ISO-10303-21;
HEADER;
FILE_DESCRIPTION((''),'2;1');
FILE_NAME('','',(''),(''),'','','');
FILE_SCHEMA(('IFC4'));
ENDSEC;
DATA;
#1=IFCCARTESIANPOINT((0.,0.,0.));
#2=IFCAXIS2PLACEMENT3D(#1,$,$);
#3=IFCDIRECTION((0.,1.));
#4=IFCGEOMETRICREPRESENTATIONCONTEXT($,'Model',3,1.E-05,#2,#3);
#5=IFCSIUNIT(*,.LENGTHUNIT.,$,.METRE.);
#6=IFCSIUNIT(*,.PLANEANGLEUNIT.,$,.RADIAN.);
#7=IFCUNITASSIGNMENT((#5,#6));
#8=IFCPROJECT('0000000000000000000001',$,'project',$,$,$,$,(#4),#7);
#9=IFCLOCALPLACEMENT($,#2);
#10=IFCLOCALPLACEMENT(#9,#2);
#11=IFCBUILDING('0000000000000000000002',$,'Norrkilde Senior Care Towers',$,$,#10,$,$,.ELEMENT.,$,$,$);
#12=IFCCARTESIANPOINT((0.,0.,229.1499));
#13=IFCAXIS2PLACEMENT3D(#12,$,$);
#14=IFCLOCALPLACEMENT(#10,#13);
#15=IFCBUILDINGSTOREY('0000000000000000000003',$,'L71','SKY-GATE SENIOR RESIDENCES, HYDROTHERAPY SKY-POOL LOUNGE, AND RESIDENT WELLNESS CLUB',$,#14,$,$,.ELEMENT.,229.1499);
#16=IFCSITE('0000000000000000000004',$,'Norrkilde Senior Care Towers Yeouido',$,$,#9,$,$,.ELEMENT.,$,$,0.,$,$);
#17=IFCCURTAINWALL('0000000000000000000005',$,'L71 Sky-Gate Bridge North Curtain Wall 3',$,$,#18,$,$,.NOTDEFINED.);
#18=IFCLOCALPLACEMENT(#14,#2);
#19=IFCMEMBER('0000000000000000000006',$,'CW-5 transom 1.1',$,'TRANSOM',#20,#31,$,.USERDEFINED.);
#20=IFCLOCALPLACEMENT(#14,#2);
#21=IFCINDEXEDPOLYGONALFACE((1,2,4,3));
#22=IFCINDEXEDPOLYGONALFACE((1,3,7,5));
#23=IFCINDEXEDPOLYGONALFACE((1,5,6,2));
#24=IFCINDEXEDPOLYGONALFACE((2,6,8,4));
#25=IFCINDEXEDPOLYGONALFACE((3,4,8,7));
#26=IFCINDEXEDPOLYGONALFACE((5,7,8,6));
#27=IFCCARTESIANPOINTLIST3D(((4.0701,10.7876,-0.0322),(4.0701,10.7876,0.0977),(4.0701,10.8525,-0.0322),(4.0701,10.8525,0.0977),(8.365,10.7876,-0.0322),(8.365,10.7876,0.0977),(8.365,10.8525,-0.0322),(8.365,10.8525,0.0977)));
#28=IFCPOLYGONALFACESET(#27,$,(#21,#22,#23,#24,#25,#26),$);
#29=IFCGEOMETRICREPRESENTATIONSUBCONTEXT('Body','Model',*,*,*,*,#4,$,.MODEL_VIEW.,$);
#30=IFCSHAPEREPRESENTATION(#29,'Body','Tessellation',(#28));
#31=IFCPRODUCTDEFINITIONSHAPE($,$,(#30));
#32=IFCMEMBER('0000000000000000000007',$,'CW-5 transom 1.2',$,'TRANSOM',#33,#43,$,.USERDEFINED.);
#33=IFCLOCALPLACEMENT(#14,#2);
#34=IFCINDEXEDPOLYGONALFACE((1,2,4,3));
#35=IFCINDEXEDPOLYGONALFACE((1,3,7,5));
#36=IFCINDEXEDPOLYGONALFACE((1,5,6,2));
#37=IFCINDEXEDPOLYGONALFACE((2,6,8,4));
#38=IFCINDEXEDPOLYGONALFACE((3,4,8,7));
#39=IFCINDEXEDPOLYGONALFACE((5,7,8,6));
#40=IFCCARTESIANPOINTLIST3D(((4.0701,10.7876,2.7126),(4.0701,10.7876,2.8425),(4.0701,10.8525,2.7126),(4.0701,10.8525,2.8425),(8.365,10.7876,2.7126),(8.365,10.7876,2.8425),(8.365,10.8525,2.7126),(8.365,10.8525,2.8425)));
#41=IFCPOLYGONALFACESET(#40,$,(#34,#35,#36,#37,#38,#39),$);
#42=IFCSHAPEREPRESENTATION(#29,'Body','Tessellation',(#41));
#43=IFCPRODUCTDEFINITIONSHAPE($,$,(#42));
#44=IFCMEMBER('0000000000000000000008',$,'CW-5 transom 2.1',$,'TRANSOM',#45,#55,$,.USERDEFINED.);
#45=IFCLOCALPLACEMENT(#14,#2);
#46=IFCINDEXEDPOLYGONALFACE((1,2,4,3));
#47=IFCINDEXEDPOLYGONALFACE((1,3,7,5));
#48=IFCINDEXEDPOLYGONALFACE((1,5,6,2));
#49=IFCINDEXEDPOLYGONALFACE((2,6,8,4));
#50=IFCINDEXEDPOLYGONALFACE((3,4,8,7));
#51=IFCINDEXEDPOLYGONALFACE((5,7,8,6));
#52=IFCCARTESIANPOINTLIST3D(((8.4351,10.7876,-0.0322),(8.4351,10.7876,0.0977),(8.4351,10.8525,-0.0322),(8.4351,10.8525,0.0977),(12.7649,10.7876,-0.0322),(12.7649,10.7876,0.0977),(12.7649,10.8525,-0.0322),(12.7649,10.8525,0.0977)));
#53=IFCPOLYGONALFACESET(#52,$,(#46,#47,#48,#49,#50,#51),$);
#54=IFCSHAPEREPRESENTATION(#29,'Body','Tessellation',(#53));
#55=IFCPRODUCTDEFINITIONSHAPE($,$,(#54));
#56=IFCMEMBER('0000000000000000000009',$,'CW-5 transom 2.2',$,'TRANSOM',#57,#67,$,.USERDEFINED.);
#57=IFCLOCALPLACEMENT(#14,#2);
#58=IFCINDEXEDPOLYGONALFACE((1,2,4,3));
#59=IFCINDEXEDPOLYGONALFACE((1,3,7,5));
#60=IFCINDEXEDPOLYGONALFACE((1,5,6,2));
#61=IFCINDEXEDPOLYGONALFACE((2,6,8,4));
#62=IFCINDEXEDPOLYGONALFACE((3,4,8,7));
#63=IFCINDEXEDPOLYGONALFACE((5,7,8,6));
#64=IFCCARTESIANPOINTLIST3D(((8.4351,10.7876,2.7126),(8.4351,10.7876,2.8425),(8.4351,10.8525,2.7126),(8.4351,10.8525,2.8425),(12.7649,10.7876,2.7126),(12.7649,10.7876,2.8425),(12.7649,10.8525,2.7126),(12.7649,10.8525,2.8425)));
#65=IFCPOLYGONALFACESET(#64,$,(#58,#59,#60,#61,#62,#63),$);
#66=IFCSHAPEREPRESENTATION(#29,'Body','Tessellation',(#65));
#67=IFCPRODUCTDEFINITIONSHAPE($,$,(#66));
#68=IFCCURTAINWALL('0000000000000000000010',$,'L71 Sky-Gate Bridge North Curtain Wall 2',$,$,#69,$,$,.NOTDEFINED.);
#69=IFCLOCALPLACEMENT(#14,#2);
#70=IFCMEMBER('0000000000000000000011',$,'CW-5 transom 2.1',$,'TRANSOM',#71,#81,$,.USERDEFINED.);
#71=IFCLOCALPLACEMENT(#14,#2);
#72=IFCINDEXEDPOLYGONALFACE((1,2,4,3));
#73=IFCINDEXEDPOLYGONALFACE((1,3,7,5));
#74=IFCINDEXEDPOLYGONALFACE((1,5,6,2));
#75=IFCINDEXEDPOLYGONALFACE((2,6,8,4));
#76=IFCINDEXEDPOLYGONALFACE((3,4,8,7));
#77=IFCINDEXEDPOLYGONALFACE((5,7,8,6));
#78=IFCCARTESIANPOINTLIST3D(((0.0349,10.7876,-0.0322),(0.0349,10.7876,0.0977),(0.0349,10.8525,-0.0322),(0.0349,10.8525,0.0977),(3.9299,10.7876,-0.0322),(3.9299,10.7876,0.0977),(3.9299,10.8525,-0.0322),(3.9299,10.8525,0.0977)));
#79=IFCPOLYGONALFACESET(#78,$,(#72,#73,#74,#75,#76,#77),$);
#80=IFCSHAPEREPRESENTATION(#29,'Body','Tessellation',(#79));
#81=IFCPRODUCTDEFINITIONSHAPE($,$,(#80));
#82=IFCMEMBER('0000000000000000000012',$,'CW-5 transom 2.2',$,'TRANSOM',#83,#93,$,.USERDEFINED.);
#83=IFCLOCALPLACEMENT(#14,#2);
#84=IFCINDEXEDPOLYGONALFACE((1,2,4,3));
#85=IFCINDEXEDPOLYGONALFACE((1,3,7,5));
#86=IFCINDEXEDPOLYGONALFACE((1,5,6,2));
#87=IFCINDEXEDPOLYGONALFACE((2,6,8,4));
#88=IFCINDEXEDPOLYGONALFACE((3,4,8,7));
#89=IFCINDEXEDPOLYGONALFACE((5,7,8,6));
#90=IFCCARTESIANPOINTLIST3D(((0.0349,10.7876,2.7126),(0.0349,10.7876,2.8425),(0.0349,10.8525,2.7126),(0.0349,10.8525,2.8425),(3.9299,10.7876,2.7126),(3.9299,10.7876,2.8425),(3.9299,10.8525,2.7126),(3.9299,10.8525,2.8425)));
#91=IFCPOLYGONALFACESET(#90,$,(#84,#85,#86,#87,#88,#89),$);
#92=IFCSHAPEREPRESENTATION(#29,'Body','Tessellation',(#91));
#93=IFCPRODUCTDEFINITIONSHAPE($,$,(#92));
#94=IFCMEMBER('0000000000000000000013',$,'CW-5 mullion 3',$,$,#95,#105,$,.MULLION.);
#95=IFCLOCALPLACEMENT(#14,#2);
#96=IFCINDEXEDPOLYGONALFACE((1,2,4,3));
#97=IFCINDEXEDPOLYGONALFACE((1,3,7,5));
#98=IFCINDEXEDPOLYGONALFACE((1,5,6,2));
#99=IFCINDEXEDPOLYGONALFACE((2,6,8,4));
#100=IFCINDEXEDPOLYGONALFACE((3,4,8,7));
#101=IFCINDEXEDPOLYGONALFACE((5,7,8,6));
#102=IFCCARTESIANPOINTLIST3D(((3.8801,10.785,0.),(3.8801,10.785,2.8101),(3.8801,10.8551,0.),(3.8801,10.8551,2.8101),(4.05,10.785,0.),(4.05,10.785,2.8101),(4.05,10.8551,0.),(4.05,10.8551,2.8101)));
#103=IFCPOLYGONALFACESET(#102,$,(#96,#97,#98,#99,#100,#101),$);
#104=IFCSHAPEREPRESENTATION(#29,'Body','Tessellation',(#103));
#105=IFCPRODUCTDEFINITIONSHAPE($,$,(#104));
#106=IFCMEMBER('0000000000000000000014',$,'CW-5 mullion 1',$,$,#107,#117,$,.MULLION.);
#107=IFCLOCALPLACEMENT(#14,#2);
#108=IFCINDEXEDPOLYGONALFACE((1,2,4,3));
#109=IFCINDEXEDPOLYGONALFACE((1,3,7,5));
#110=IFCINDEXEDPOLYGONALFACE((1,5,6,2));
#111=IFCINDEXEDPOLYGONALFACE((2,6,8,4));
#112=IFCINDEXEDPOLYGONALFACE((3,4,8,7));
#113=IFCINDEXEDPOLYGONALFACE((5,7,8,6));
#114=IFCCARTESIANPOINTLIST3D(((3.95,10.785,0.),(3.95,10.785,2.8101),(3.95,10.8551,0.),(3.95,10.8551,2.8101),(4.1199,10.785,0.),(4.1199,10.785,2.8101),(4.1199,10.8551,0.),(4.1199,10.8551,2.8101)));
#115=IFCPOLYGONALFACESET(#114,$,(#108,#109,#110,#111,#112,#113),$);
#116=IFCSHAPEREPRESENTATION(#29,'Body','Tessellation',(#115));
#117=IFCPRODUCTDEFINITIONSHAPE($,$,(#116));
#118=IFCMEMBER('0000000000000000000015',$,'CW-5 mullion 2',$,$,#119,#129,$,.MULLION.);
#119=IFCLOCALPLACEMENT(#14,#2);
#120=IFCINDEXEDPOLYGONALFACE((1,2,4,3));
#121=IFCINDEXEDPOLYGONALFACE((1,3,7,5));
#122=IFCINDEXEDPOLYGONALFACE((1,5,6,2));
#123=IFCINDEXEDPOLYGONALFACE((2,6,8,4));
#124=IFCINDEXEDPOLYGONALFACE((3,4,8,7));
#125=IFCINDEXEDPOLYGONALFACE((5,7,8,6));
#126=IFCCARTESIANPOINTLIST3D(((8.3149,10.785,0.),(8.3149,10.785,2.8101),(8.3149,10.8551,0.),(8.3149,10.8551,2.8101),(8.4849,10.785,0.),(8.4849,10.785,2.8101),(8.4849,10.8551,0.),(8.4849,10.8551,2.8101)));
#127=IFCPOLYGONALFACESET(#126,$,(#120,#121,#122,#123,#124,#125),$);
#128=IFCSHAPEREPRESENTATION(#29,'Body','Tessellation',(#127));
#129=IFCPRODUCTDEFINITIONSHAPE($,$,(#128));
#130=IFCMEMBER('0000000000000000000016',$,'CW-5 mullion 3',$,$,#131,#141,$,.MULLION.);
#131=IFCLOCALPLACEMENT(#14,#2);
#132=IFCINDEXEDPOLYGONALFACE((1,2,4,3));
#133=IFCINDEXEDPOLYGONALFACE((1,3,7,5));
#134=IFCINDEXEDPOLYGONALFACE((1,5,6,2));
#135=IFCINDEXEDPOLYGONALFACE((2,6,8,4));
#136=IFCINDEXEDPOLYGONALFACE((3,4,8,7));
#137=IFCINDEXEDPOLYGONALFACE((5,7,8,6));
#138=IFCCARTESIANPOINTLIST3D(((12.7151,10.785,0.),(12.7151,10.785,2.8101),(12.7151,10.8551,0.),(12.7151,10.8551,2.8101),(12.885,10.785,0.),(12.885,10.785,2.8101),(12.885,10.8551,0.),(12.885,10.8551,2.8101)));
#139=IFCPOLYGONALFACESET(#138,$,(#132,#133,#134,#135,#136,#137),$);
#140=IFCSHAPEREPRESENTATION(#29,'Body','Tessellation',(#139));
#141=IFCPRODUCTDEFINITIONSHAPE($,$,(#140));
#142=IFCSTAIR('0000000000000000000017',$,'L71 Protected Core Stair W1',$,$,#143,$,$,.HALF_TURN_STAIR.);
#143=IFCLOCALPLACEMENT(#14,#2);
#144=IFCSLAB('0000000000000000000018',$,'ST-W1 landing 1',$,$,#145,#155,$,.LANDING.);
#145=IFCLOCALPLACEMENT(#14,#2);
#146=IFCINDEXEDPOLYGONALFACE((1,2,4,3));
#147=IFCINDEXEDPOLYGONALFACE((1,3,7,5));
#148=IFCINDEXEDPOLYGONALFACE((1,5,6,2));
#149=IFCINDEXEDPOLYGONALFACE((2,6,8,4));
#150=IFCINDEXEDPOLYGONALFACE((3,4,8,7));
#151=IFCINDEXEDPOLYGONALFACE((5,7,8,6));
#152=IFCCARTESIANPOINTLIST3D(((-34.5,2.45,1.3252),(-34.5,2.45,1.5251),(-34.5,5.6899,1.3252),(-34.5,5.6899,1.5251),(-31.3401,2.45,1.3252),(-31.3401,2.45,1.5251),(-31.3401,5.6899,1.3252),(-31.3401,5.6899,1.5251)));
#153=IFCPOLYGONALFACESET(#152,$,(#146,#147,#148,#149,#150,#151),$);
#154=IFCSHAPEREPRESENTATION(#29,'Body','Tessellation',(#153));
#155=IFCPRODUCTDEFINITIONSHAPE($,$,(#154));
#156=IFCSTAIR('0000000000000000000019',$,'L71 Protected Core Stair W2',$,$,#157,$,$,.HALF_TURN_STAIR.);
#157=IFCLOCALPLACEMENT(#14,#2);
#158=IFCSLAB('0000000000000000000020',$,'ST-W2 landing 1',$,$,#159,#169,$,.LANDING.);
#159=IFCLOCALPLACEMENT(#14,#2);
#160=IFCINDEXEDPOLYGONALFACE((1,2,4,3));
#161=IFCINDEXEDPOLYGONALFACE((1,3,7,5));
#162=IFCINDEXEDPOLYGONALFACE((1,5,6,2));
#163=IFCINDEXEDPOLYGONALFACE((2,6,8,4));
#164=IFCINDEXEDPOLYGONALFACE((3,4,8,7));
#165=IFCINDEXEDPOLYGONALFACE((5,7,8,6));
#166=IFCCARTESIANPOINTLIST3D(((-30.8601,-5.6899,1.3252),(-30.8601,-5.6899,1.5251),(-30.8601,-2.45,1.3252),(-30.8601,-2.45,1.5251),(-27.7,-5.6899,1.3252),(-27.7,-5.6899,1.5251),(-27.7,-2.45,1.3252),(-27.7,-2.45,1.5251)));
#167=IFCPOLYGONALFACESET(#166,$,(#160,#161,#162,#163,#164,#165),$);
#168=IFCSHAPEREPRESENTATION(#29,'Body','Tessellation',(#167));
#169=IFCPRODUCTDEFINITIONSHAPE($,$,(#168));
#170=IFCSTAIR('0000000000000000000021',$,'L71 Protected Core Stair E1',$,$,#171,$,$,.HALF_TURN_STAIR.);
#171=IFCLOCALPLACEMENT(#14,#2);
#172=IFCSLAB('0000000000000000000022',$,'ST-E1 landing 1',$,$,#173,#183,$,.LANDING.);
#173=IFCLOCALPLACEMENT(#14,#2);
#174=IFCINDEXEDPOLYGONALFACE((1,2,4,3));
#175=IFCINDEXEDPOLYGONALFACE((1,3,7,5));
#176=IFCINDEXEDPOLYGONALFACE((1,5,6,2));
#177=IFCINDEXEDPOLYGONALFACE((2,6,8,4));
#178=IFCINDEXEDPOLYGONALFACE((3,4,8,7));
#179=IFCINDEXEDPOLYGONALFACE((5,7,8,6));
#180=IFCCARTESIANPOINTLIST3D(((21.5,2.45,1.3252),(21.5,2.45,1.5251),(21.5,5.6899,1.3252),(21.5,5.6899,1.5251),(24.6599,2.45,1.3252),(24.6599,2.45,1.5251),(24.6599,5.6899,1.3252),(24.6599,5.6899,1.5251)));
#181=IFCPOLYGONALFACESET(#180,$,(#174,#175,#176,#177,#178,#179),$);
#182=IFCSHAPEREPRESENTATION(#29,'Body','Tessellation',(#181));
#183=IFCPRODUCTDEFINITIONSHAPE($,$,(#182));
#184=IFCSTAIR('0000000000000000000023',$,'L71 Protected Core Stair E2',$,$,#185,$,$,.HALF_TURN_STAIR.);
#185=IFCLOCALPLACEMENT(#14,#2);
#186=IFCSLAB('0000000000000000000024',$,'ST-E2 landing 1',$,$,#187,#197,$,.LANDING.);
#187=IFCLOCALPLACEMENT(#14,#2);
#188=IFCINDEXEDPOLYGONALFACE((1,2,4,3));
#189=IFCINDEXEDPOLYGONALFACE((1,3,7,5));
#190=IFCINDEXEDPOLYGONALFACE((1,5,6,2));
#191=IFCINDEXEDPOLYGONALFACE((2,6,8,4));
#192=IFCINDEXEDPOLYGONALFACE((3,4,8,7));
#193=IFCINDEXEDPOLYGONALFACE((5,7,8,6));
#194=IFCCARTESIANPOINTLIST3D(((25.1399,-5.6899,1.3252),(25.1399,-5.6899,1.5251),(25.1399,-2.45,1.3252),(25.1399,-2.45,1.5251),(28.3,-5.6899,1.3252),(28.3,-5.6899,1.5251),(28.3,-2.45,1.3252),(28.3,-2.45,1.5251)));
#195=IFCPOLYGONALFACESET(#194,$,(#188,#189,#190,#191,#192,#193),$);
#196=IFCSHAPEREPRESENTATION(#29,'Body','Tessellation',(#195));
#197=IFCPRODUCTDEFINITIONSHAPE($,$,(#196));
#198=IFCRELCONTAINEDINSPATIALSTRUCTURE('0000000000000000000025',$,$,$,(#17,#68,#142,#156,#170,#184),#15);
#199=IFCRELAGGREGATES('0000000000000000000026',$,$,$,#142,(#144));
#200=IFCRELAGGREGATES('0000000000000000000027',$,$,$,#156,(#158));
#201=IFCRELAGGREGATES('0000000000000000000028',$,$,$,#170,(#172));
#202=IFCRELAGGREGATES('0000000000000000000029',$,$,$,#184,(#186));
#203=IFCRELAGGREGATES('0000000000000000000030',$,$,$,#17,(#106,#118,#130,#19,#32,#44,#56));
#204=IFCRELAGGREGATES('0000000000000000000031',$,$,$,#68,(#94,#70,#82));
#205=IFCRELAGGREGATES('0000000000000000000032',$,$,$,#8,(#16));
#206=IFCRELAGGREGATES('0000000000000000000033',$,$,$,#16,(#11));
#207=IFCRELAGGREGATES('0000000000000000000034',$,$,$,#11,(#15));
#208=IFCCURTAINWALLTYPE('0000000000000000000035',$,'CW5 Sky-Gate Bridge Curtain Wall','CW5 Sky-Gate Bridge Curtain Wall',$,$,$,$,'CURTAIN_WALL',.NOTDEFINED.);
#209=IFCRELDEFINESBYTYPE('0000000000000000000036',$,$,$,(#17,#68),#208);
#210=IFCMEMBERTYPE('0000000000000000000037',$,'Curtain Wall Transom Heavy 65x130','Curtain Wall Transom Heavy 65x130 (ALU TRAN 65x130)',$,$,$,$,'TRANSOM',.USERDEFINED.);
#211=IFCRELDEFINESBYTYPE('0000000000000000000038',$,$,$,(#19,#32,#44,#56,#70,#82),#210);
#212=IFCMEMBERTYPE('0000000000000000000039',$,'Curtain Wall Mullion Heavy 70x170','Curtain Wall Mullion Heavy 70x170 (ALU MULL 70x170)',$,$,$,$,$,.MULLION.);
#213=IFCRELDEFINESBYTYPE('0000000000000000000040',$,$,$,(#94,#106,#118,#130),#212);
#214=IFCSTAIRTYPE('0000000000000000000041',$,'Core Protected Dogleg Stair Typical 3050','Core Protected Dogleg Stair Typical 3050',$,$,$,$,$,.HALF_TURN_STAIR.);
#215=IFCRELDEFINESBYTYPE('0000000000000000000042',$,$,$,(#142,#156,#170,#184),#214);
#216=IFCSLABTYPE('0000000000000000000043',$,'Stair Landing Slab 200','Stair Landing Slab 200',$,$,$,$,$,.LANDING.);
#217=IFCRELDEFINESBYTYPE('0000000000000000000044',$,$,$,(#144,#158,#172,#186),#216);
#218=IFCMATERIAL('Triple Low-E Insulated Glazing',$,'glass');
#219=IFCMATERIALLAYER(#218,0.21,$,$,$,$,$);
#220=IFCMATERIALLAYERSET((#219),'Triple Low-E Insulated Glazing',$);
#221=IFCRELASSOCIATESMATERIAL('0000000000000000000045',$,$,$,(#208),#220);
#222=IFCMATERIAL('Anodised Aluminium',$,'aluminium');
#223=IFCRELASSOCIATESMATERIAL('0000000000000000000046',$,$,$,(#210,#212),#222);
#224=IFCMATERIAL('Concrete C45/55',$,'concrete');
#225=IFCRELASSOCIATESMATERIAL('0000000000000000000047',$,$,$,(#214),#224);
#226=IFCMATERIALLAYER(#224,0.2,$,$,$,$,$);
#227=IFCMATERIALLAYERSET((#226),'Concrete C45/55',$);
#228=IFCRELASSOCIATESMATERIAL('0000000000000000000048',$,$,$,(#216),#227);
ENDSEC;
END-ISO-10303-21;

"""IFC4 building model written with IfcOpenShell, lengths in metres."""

from ifc_helpers import new_model, si_unit, direction, frame, origin, origin_2d, place, context, subcontext, project, spatial, polyline, rectangle, outline, extrude, source, transform, mapped, material, layer, layer_set, material_profile, profile_set, type_object, type_shapes, element, aggregate, save


model = new_model("IFC4")

# Units and contexts
model_context = context("Model", 3, precision=1e-05, world=origin(), true_north=direction((0.0, 1.0)))
body_context = subcontext(model_context, "Body", "Model", "MODEL_VIEW")
ifc_project = project(units=[si_unit("LENGTHUNIT", "METRE"), si_unit("PLANEANGLEUNIT", "RADIAN")], contexts=[model_context])

# Site, building, storey
site_placement = place(None, origin())
site = spatial("IfcSite", under=ifc_project, at=site_placement, Name="Norrkilde Senior Care Towers Yeouido", CompositionType="ELEMENT", RefElevation=0.0)
building_placement = place(site_placement, origin())
building = spatial("IfcBuilding", under=site, at=building_placement, Name="Norrkilde Senior Care Towers", CompositionType="ELEMENT")
storey_placement = place(building_placement, frame((0.0, 0.0, 229.1499)))
storey = spatial("IfcBuildingStorey", under=building, at=storey_placement, Name="L71", Description="SKY-GATE SENIOR RESIDENCES, HYDROTHERAPY SKY-POOL LOUNGE, AND RESIDENT WELLNESS CLUB", CompositionType="ELEMENT", Elevation=229.1499)

# Curtain walls, members
ifc_material_1 = material(Name="Triple Low-E Insulated Glazing", Category="glass")
ifc_layer_1 = layer(ifc_material_1, 0.21)
ifc_layer_set_1 = layer_set([ifc_layer_1], Name="Triple Low-E Insulated Glazing")
curtain_wall_type = type_object("IfcCurtainWallType", Name="CW5 Sky-Gate Bridge Curtain Wall", Description="CW5 Sky-Gate Bridge Curtain Wall", ElementType="CURTAIN_WALL", PredefinedType="NOTDEFINED", material=ifc_layer_set_1)
curtain_wall_1_placement = place(storey_placement, origin())
curtain_wall_1 = element("IfcCurtainWall", 1, at=curtain_wall_1_placement, inside=storey, type_object=curtain_wall_type, Name="L71 Sky-Gate Bridge North Curtain Wall 3", PredefinedType="NOTDEFINED")
ifc_material_2 = material(Name="Anodised Aluminium", Category="aluminium")
ifc_material_profile_1 = material_profile(ifc_material_2, rectangle(XDim=0.0649, YDim=0.1299, at=origin_2d()), Name="ALU TRAN 65x130")
ifc_profile_set_1 = profile_set([ifc_material_profile_1], Name="Anodised Aluminium")
member_type_1 = type_object("IfcMemberType", Name="Curtain Wall Transom Heavy 65x130", Description="Curtain Wall Transom Heavy 65x130 (ALU TRAN 65x130)", ElementType="TRANSOM", PredefinedType="USERDEFINED", material=ifc_profile_set_1)
shared_shape_1 = source(origin(), body_context, "Body", "SweptSolid", [
    extrude(rectangle(XDim=0.0649, YDim=0.1299, at=origin_2d()), origin(), (0.0, 0.0, 1.0), 4.2949),
])
member_1_placement = place(storey_placement, frame((4.0701, 10.8201, 0.0327), z_axis=(1.0, 0.0, 0.0), x_axis=(0.0, 1.0, 0.0)))
member_1 = element("IfcMember", 2, at=member_1_placement, type_object=member_type_1, Name="CW-5 transom 1.1", ObjectType="TRANSOM", PredefinedType="USERDEFINED", context=body_context, shape_type="MappedRepresentation", body=[
    mapped(shared_shape_1, transform((0.0, 0.0, 0.0), x_axis=(1.0, 0.0, 0.0), y_axis=(0.0, 1.0, 0.0), z_axis=(0.0, 0.0, 1.0), scale=1.0)),
])
member_2_placement = place(storey_placement, frame((4.0701, 10.8201, 2.7776), z_axis=(1.0, 0.0, 0.0), x_axis=(0.0, 1.0, 0.0)))
member_2 = element("IfcMember", 3, at=member_2_placement, type_object=member_type_1, Name="CW-5 transom 1.2", ObjectType="TRANSOM", PredefinedType="USERDEFINED", context=body_context, shape_type="MappedRepresentation", body=[
    mapped(shared_shape_1, transform((0.0, 0.0, 0.0), x_axis=(1.0, 0.0, 0.0), y_axis=(0.0, 1.0, 0.0), z_axis=(0.0, 0.0, 1.0), scale=1.0)),
])
shared_shape_2 = source(origin(), body_context, "Body", "SweptSolid", [
    extrude(rectangle(XDim=0.0649, YDim=0.1299, at=origin_2d()), origin(), (0.0, 0.0, 1.0), 4.3298),
])
member_3_placement = place(storey_placement, frame((8.4351, 10.8201, 0.0327), z_axis=(1.0, 0.0, 0.0), x_axis=(0.0, 1.0, 0.0)))
member_3 = element("IfcMember", 4, at=member_3_placement, type_object=member_type_1, Name="CW-5 transom 2.1", ObjectType="TRANSOM", PredefinedType="USERDEFINED", context=body_context, shape_type="MappedRepresentation", body=[
    mapped(shared_shape_2, transform((0.0, 0.0, 0.0), x_axis=(1.0, 0.0, 0.0), y_axis=(0.0, 1.0, 0.0), z_axis=(0.0, 0.0, 1.0), scale=1.0)),
])
member_4_placement = place(storey_placement, frame((8.4351, 10.8201, 2.7776), z_axis=(1.0, 0.0, 0.0), x_axis=(0.0, 1.0, 0.0)))
member_4 = element("IfcMember", 5, at=member_4_placement, type_object=member_type_1, Name="CW-5 transom 2.2", ObjectType="TRANSOM", PredefinedType="USERDEFINED", context=body_context, shape_type="MappedRepresentation", body=[
    mapped(shared_shape_2, transform((0.0, 0.0, 0.0), x_axis=(1.0, 0.0, 0.0), y_axis=(0.0, 1.0, 0.0), z_axis=(0.0, 0.0, 1.0), scale=1.0)),
])
curtain_wall_2_placement = place(storey_placement, origin())
curtain_wall_2 = element("IfcCurtainWall", 6, at=curtain_wall_2_placement, inside=storey, type_object=curtain_wall_type, Name="L71 Sky-Gate Bridge North Curtain Wall 2", PredefinedType="NOTDEFINED")
shared_shape_3 = source(origin(), body_context, "Body", "SweptSolid", [
    extrude(rectangle(XDim=0.0649, YDim=0.1299, at=origin_2d()), origin(), (0.0, 0.0, 1.0), 3.895),
])
type_shapes(member_type_1, [shared_shape_1, shared_shape_2, shared_shape_3])
member_5_placement = place(storey_placement, frame((0.0349, 10.8201, 0.0327), z_axis=(1.0, 0.0, 0.0), x_axis=(0.0, 1.0, 0.0)))
member_5 = element("IfcMember", 7, at=member_5_placement, type_object=member_type_1, Name="CW-5 transom 2.1", ObjectType="TRANSOM", PredefinedType="USERDEFINED", context=body_context, shape_type="MappedRepresentation", body=[
    mapped(shared_shape_3, transform((0.0, 0.0, 0.0), x_axis=(1.0, 0.0, 0.0), y_axis=(0.0, 1.0, 0.0), z_axis=(0.0, 0.0, 1.0), scale=1.0)),
])
member_6_placement = place(storey_placement, frame((0.0349, 10.8201, 2.7776), z_axis=(1.0, 0.0, 0.0), x_axis=(0.0, 1.0, 0.0)))
member_6 = element("IfcMember", 8, at=member_6_placement, type_object=member_type_1, Name="CW-5 transom 2.2", ObjectType="TRANSOM", PredefinedType="USERDEFINED", context=body_context, shape_type="MappedRepresentation", body=[
    mapped(shared_shape_3, transform((0.0, 0.0, 0.0), x_axis=(1.0, 0.0, 0.0), y_axis=(0.0, 1.0, 0.0), z_axis=(0.0, 0.0, 1.0), scale=1.0)),
])
ifc_material_profile_2 = material_profile(ifc_material_2, rectangle(XDim=0.0701, YDim=0.1699, at=origin_2d()), Name="ALU MULL 70x170")
ifc_profile_set_2 = profile_set([ifc_material_profile_2], Name="Anodised Aluminium")
member_type_2 = type_object("IfcMemberType", Name="Curtain Wall Mullion Heavy 70x170", Description="Curtain Wall Mullion Heavy 70x170 (ALU MULL 70x170)", PredefinedType="MULLION", material=ifc_profile_set_2)
shared_shape_4 = source(origin(), body_context, "Body", "SweptSolid", [
    extrude(rectangle(XDim=0.0701, YDim=0.1699, at=origin_2d()), origin(), (0.0, 0.0, 1.0), 2.8101),
])
type_shapes(member_type_2, [shared_shape_4])
member_7_placement = place(storey_placement, frame((3.9651, 10.8201, 0.0), z_axis=(0.0, 0.0, 1.0), x_axis=(0.0, 1.0, 0.0)))
member_7 = element("IfcMember", 9, at=member_7_placement, type_object=member_type_2, Name="CW-5 mullion 3", PredefinedType="MULLION", context=body_context, shape_type="MappedRepresentation", body=[
    mapped(shared_shape_4, transform((0.0, 0.0, 0.0), x_axis=(1.0, 0.0, 0.0), y_axis=(0.0, 1.0, 0.0), z_axis=(0.0, 0.0, 1.0), scale=1.0)),
])

# Members
member_8_placement = place(storey_placement, frame((4.0349, 10.8201, 0.0), z_axis=(0.0, 0.0, 1.0), x_axis=(0.0, 1.0, 0.0)))
member_8 = element("IfcMember", 10, at=member_8_placement, type_object=member_type_2, Name="CW-5 mullion 1", PredefinedType="MULLION", context=body_context, shape_type="MappedRepresentation", body=[
    mapped(shared_shape_4, transform((0.0, 0.0, 0.0), x_axis=(1.0, 0.0, 0.0), y_axis=(0.0, 1.0, 0.0), z_axis=(0.0, 0.0, 1.0), scale=1.0)),
])
member_9_placement = place(storey_placement, frame((8.3999, 10.8201, 0.0), z_axis=(0.0, 0.0, 1.0), x_axis=(0.0, 1.0, 0.0)))
member_9 = element("IfcMember", 11, at=member_9_placement, type_object=member_type_2, Name="CW-5 mullion 2", PredefinedType="MULLION", context=body_context, shape_type="MappedRepresentation", body=[
    mapped(shared_shape_4, transform((0.0, 0.0, 0.0), x_axis=(1.0, 0.0, 0.0), y_axis=(0.0, 1.0, 0.0), z_axis=(0.0, 0.0, 1.0), scale=1.0)),
])
member_10_placement = place(storey_placement, frame((12.8, 10.8201, 0.0), z_axis=(0.0, 0.0, 1.0), x_axis=(0.0, 1.0, 0.0)))
member_10 = element("IfcMember", 12, at=member_10_placement, type_object=member_type_2, Name="CW-5 mullion 3", PredefinedType="MULLION", context=body_context, shape_type="MappedRepresentation", body=[
    mapped(shared_shape_4, transform((0.0, 0.0, 0.0), x_axis=(1.0, 0.0, 0.0), y_axis=(0.0, 1.0, 0.0), z_axis=(0.0, 0.0, 1.0), scale=1.0)),
])

# Stairs, slabs
ifc_material_3 = material(Name="Concrete C45/55", Category="concrete")
stair_type = type_object("IfcStairType", Name="Core Protected Dogleg Stair Typical 3050", Description="Core Protected Dogleg Stair Typical 3050", PredefinedType="HALF_TURN_STAIR", material=ifc_material_3)
stair_1_placement = place(storey_placement, origin())
stair_1 = element("IfcStair", 13, at=stair_1_placement, inside=storey, type_object=stair_type, Name="L71 Protected Core Stair W1", PredefinedType="HALF_TURN_STAIR")
ifc_layer_2 = layer(ifc_material_3, 0.2)
ifc_layer_set_2 = layer_set([ifc_layer_2], Name="Concrete C45/55")
slab_type = type_object("IfcSlabType", Name="Stair Landing Slab 200", Description="Stair Landing Slab 200", PredefinedType="LANDING", material=ifc_layer_set_2)
slab_1_placement = place(storey_placement, frame((0.0, 0.0, 1.3252)))
slab_1 = element("IfcSlab", 14, at=slab_1_placement, type_object=slab_type, Name="ST-W1 landing 1", PredefinedType="LANDING", context=body_context, shape_type="SweptSolid", body=[
    extrude(outline(polyline([(-31.3401, 5.6899), (-34.5, 5.6899), (-34.5, 2.45), (-31.3401, 2.45), (-31.3401, 5.6899)])), origin(), (0.0, 0.0, 1.0), 0.2),
])
aggregate(stair_1, [slab_1])
stair_2_placement = place(storey_placement, origin())
stair_2 = element("IfcStair", 15, at=stair_2_placement, inside=storey, type_object=stair_type, Name="L71 Protected Core Stair W2", PredefinedType="HALF_TURN_STAIR")
slab_2_placement = place(storey_placement, frame((0.0, 0.0, 1.3252)))
slab_2 = element("IfcSlab", 16, at=slab_2_placement, type_object=slab_type, Name="ST-W2 landing 1", PredefinedType="LANDING", context=body_context, shape_type="SweptSolid", body=[
    extrude(outline(polyline([(-30.8601, -5.6899), (-27.7, -5.6899), (-27.7, -2.45), (-30.8601, -2.45), (-30.8601, -5.6899)])), origin(), (0.0, 0.0, 1.0), 0.2),
])
aggregate(stair_2, [slab_2])
stair_3_placement = place(storey_placement, origin())
stair_3 = element("IfcStair", 17, at=stair_3_placement, inside=storey, type_object=stair_type, Name="L71 Protected Core Stair E1", PredefinedType="HALF_TURN_STAIR")
slab_3_placement = place(storey_placement, frame((0.0, 0.0, 1.3252)))
slab_3 = element("IfcSlab", 18, at=slab_3_placement, type_object=slab_type, Name="ST-E1 landing 1", PredefinedType="LANDING", context=body_context, shape_type="SweptSolid", body=[
    extrude(outline(polyline([(24.6599, 5.6899), (21.5, 5.6899), (21.5, 2.45), (24.6599, 2.45), (24.6599, 5.6899)])), origin(), (0.0, 0.0, 1.0), 0.2),
])
aggregate(stair_3, [slab_3])
stair_4_placement = place(storey_placement, origin())
stair_4 = element("IfcStair", 19, at=stair_4_placement, inside=storey, type_object=stair_type, Name="L71 Protected Core Stair E2", PredefinedType="HALF_TURN_STAIR")
slab_4_placement = place(storey_placement, frame((0.0, 0.0, 1.3252)))
slab_4 = element("IfcSlab", 20, at=slab_4_placement, type_object=slab_type, Name="ST-E2 landing 1", PredefinedType="LANDING", context=body_context, shape_type="SweptSolid", body=[
    extrude(outline(polyline([(25.1399, -5.6899), (28.3, -5.6899), (28.3, -2.45), (25.1399, -2.45), (25.1399, -5.6899)])), origin(), (0.0, 0.0, 1.0), 0.2),
])
aggregate(stair_4, [slab_4])

aggregate(curtain_wall_1, [member_8, member_9, member_10, member_1, member_2, member_3, member_4])
aggregate(curtain_wall_2, [member_7, member_5, member_6])

save(model, "model.ifc")
